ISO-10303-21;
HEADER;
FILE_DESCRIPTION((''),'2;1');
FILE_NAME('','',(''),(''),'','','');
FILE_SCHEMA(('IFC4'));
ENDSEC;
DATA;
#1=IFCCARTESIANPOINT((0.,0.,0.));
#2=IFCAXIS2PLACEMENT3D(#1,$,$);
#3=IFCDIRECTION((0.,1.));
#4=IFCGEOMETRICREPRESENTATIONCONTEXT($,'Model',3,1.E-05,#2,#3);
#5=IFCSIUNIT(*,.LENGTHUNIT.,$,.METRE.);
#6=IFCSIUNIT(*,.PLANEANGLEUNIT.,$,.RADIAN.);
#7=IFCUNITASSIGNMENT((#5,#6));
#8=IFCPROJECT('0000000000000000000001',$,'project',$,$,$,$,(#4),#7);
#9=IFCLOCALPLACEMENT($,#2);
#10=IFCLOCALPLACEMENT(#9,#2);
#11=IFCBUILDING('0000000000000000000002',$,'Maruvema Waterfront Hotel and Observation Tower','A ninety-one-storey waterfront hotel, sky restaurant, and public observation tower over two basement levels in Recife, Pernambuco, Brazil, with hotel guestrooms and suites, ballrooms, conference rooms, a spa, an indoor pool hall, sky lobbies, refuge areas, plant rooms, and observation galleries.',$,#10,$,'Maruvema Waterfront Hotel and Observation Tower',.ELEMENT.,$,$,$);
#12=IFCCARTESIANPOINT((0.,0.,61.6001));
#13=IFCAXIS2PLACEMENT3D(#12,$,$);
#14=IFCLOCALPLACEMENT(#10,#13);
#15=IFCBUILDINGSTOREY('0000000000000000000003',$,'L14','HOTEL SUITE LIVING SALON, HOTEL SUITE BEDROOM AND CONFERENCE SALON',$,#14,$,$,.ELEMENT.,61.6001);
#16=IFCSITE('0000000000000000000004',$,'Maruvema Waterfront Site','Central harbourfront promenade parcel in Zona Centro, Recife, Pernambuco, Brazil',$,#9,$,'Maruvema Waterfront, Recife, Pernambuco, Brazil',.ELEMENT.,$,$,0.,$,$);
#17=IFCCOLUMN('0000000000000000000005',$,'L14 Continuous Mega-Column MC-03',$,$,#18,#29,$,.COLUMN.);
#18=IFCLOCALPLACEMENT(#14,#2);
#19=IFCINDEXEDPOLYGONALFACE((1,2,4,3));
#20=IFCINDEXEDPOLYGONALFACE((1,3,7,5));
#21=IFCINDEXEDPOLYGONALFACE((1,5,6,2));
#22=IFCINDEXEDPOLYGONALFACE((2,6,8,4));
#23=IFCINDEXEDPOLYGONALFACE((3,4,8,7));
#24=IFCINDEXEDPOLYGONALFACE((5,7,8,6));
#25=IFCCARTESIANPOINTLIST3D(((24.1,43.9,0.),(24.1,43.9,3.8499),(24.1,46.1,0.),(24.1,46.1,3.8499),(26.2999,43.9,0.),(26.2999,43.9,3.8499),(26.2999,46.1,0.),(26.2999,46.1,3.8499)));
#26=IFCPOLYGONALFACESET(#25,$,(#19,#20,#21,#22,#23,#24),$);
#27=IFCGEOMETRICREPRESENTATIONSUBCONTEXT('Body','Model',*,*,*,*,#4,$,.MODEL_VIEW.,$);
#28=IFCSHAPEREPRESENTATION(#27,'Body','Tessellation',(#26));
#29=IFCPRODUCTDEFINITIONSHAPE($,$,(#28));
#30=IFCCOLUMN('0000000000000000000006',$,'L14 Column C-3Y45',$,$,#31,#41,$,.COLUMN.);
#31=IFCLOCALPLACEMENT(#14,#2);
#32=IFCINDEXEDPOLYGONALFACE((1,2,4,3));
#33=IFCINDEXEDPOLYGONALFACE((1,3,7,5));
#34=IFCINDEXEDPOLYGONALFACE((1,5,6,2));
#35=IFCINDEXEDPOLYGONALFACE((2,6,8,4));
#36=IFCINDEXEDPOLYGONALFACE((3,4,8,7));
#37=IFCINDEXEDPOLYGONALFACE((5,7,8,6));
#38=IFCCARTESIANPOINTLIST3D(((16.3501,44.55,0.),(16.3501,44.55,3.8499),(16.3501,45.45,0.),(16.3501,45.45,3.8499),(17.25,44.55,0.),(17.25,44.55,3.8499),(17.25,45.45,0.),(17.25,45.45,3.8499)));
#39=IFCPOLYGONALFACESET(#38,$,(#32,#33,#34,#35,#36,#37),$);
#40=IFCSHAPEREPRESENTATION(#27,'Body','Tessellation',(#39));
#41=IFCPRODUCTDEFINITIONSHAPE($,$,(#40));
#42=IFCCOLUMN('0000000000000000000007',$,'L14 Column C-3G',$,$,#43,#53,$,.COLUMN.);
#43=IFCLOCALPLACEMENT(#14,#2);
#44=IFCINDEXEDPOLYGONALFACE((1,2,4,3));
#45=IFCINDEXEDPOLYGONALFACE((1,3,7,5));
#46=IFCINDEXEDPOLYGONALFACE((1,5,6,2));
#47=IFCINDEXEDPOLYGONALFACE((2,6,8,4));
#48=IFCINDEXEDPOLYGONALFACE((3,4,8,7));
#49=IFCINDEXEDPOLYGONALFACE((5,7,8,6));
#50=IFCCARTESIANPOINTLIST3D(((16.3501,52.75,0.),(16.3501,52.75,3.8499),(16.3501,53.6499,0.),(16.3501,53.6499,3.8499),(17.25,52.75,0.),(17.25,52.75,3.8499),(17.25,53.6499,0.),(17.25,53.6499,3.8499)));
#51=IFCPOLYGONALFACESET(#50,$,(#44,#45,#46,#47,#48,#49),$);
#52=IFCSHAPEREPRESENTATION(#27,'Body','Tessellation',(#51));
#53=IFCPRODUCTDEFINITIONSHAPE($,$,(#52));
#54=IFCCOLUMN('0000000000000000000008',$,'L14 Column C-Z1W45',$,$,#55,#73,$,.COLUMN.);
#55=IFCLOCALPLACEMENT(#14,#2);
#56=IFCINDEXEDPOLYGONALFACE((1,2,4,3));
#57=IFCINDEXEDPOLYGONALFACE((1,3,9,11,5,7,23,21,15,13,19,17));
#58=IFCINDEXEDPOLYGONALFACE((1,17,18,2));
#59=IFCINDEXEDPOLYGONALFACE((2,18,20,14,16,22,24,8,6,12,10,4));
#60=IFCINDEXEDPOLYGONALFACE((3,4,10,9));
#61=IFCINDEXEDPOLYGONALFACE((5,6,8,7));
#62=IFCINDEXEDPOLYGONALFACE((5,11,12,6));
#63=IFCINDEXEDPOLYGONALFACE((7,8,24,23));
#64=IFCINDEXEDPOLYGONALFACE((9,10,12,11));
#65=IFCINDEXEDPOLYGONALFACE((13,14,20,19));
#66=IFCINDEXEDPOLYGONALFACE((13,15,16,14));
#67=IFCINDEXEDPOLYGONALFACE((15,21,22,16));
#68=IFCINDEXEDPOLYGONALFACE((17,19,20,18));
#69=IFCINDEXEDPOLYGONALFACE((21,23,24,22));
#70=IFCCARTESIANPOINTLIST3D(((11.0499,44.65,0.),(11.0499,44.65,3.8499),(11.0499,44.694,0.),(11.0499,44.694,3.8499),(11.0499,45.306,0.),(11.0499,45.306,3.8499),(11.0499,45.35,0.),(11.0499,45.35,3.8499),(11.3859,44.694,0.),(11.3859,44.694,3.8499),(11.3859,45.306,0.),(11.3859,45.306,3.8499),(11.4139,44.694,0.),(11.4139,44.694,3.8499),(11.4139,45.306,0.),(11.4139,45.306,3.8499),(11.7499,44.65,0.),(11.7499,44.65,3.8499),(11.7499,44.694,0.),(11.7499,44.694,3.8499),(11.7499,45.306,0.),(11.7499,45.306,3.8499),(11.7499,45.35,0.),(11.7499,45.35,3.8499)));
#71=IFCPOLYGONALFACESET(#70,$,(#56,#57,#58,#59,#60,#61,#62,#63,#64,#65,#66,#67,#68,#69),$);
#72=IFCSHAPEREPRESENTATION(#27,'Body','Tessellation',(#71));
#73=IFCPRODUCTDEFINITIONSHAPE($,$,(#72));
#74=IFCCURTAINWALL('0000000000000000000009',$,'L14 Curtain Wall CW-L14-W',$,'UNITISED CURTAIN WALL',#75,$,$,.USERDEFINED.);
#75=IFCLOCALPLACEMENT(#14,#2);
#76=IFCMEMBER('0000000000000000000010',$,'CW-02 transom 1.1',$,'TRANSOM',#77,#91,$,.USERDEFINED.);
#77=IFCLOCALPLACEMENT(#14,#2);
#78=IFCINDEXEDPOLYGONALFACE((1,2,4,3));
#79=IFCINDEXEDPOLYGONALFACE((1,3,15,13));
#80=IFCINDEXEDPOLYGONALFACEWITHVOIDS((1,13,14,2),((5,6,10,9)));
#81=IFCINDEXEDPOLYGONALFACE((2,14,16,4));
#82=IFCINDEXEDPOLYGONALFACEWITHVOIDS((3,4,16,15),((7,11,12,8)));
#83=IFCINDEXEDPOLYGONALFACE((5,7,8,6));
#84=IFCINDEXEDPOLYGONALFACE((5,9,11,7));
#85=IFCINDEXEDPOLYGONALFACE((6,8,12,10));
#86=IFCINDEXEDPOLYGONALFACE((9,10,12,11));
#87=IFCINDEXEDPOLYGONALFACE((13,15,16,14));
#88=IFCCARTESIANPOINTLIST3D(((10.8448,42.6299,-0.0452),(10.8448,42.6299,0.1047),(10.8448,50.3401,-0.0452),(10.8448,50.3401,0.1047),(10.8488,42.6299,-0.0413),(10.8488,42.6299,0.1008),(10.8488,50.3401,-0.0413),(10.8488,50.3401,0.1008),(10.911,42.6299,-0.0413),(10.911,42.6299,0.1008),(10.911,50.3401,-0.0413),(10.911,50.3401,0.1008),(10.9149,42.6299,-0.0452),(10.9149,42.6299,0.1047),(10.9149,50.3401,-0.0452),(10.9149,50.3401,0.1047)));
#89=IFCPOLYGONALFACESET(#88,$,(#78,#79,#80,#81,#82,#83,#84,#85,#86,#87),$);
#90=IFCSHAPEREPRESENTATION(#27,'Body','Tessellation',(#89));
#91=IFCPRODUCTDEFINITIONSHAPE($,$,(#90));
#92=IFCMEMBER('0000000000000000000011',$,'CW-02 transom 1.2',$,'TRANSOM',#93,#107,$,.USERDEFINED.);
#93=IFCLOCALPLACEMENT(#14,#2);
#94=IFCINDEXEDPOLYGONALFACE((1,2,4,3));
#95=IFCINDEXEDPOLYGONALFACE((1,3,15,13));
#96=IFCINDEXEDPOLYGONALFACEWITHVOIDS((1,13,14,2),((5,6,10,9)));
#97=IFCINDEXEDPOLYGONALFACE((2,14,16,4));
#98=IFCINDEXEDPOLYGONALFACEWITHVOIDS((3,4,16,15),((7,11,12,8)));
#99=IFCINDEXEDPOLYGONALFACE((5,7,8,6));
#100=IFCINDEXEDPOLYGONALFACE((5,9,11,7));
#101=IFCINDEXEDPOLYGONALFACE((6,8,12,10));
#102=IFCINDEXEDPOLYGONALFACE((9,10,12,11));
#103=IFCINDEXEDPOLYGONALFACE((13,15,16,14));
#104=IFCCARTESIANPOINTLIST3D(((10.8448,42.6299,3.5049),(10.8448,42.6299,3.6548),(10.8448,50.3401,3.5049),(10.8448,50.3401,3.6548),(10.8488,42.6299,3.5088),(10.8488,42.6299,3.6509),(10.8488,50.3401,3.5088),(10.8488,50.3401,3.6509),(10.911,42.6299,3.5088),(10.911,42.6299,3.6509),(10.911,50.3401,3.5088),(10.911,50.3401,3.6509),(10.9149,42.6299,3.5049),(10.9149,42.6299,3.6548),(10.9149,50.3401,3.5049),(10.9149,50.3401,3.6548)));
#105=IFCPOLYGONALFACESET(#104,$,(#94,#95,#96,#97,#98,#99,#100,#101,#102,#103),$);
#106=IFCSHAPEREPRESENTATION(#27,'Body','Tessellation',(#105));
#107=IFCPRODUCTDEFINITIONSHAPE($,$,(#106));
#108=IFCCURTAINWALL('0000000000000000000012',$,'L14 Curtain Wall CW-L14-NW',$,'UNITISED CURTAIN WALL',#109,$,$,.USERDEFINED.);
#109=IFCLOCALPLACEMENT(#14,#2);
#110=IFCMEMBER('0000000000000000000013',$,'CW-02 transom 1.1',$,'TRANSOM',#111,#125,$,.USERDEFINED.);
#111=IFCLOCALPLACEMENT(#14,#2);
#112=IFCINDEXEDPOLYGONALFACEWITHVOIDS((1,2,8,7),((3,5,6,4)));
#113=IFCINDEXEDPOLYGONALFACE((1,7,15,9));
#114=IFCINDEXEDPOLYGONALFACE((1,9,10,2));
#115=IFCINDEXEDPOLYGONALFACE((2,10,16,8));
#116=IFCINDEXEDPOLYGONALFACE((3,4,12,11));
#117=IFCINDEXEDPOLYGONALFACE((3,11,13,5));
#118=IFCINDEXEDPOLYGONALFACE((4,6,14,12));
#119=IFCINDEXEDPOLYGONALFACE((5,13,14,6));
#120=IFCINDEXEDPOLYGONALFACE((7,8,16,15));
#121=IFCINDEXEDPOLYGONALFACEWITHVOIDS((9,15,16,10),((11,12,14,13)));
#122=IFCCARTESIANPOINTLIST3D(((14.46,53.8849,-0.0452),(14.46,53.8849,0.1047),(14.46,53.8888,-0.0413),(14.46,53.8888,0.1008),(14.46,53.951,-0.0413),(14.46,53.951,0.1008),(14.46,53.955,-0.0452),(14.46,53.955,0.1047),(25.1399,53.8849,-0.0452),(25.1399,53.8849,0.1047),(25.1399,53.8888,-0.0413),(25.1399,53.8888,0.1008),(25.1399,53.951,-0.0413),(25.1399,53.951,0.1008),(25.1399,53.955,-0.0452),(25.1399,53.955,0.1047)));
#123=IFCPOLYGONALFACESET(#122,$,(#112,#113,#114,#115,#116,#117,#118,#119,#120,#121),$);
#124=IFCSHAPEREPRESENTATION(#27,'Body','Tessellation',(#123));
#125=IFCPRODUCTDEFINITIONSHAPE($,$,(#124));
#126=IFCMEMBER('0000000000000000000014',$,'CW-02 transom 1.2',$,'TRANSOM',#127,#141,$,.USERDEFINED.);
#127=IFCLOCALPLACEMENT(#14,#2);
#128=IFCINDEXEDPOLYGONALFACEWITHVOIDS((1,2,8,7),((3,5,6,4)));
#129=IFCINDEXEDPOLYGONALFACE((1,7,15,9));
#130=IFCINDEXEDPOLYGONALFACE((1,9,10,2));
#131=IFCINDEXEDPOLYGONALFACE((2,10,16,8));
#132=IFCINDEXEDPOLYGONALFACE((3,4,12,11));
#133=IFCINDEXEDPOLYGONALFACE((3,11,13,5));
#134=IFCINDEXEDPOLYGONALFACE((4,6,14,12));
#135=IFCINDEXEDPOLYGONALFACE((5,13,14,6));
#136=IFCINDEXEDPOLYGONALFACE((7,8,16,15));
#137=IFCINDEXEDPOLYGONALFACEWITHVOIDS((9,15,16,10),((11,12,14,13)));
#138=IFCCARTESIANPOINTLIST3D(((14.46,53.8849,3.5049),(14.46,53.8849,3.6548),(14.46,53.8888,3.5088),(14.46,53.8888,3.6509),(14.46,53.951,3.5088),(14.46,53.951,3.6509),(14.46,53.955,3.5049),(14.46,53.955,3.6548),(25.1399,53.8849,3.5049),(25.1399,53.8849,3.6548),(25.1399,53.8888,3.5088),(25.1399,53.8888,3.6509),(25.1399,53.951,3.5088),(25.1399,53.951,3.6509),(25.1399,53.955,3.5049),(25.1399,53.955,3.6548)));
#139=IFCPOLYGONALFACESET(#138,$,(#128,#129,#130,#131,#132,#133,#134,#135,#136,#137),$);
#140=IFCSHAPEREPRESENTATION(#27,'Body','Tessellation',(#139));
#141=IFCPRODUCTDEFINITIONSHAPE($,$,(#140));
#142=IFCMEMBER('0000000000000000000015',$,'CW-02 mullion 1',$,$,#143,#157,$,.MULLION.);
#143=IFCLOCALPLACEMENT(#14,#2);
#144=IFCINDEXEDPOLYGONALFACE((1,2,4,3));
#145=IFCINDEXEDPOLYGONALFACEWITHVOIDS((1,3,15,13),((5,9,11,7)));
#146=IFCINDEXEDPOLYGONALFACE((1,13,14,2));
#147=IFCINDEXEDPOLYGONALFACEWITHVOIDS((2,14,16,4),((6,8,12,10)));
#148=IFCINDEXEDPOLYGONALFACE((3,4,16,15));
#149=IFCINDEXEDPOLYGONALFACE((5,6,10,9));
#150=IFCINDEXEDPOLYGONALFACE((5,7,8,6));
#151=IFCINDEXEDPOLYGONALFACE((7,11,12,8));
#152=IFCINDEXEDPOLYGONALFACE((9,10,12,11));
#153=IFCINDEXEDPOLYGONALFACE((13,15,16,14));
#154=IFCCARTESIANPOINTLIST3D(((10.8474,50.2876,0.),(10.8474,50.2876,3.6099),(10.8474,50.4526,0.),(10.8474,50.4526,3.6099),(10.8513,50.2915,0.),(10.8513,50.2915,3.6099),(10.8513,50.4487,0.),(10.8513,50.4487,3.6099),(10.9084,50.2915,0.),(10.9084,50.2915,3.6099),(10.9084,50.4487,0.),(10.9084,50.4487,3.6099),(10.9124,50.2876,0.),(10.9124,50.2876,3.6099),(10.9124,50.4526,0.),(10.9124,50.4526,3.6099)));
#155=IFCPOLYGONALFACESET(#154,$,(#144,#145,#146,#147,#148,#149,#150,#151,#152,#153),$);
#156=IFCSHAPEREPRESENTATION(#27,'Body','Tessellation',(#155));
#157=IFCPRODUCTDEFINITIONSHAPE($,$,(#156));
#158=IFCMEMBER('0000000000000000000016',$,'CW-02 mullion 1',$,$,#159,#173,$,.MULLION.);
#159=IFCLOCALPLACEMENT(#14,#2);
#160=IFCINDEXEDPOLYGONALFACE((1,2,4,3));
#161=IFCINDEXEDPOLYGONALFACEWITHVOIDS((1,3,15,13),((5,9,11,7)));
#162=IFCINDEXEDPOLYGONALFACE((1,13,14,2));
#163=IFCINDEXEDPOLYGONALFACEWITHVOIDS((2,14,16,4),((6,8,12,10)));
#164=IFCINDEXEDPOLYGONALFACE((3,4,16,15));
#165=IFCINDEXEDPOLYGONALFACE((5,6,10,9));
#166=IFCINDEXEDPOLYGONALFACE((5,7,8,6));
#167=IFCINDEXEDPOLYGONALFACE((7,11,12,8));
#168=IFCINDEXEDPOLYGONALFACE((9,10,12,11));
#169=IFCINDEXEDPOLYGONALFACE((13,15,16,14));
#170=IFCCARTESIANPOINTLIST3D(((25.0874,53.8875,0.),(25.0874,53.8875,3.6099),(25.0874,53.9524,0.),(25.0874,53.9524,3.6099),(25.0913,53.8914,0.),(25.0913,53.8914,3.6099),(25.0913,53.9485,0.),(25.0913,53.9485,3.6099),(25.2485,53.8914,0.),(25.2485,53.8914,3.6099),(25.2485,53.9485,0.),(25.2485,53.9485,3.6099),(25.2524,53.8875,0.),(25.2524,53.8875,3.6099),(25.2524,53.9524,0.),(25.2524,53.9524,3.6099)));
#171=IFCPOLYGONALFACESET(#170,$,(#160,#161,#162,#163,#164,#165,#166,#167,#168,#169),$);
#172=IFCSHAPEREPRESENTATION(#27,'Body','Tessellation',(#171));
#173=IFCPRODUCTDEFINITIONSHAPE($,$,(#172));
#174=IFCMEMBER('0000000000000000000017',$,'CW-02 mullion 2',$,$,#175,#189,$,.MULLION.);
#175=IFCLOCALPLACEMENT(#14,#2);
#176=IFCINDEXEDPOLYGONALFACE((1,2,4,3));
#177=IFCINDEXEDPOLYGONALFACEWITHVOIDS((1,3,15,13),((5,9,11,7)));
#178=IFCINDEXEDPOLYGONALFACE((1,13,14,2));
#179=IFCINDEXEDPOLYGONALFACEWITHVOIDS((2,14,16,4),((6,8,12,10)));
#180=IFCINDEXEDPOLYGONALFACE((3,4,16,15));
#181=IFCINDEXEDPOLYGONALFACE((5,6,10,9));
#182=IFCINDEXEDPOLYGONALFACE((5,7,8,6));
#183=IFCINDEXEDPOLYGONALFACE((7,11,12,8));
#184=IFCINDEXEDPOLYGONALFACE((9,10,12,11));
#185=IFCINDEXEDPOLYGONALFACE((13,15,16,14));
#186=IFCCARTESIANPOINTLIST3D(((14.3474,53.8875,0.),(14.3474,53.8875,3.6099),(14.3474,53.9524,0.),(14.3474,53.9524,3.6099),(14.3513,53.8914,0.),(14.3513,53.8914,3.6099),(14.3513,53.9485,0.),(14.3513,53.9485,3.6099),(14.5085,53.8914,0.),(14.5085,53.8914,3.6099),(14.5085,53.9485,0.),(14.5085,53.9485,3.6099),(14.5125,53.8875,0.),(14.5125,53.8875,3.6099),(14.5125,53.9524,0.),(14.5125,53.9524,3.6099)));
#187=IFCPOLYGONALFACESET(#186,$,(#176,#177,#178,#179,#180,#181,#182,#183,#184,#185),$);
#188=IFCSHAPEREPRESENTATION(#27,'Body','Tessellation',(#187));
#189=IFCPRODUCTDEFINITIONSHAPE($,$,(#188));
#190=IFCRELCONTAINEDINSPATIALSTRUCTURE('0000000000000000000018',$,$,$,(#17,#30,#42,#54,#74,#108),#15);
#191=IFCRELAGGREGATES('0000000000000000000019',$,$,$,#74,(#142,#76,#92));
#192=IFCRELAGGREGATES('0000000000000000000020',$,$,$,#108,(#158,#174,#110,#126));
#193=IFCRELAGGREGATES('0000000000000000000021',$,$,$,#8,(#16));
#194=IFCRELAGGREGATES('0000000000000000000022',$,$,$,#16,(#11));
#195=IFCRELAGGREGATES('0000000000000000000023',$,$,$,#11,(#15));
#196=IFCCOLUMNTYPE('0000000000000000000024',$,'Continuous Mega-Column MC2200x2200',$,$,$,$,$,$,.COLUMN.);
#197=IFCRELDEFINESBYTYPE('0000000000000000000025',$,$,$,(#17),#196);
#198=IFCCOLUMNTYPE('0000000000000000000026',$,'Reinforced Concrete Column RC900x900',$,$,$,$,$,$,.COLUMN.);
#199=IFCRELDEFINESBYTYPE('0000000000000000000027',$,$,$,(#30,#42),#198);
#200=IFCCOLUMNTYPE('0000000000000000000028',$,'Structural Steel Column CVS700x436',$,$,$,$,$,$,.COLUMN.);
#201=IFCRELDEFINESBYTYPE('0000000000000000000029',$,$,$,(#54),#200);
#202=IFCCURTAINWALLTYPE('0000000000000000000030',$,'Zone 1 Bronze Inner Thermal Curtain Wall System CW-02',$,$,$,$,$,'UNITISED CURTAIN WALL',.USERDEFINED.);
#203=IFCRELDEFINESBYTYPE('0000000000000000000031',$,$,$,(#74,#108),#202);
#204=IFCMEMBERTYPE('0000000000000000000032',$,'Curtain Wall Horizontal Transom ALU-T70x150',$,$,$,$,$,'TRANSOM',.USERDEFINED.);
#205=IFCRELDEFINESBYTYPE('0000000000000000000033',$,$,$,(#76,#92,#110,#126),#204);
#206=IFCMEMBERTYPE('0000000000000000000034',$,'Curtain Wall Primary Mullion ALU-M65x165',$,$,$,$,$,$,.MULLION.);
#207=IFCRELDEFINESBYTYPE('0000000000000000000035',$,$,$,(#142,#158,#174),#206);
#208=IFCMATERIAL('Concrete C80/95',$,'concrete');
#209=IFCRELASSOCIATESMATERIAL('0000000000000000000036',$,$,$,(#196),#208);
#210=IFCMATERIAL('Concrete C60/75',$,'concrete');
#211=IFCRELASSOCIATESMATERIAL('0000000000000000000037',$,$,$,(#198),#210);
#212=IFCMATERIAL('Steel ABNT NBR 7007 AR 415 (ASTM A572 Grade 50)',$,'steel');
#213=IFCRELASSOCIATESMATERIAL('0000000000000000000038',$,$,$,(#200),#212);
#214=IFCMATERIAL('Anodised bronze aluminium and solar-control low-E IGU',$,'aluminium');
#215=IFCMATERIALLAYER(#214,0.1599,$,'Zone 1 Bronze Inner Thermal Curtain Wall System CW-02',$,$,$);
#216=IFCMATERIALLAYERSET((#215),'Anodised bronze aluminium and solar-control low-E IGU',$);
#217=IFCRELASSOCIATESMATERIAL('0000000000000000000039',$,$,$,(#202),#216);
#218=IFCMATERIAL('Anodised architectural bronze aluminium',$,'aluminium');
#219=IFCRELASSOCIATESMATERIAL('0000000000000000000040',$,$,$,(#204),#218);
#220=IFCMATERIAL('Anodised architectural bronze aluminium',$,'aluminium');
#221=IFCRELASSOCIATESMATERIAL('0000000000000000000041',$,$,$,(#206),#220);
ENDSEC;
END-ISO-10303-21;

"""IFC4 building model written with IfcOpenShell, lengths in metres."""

from ifc_helpers import new_model, si_unit, direction, frame, origin, origin_2d, place, context, subcontext, project, spatial, rectangle, hollow_rectangle, i_section, extrude, material, layer, layer_set, material_profile, profile_set, type_object, element, aggregate, save


model = new_model("IFC4")

# Units and contexts
model_context = context("Model", 3, precision=1e-05, world=origin(), true_north=direction((0.0, 1.0)))
body_context = subcontext(model_context, "Body", "Model", "MODEL_VIEW")
ifc_project = project(units=[si_unit("LENGTHUNIT", "METRE"), si_unit("PLANEANGLEUNIT", "RADIAN")], contexts=[model_context])

# Site, building, storey
site_placement = place(None, origin())
site = spatial("IfcSite", under=ifc_project, at=site_placement, Name="Maruvema Waterfront Site", Description="Central harbourfront promenade parcel in Zona Centro, Recife, Pernambuco, Brazil", LongName="Maruvema Waterfront, Recife, Pernambuco, Brazil", CompositionType="ELEMENT", RefElevation=0.0)
building_placement = place(site_placement, origin())
building = spatial("IfcBuilding", under=site, at=building_placement, Name="Maruvema Waterfront Hotel and Observation Tower", Description="A ninety-one-storey waterfront hotel, sky restaurant, and public observation tower over two basement levels in Recife, Pernambuco, Brazil, with hotel guestrooms and suites, ballrooms, conference rooms, a spa, an indoor pool hall, sky lobbies, refuge areas, plant rooms, and observation galleries.", LongName="Maruvema Waterfront Hotel and Observation Tower", CompositionType="ELEMENT")
storey_placement = place(building_placement, frame((0.0, 0.0, 61.6001)))
storey = spatial("IfcBuildingStorey", under=building, at=storey_placement, Name="L14", Description="HOTEL SUITE LIVING SALON, HOTEL SUITE BEDROOM AND CONFERENCE SALON", CompositionType="ELEMENT", Elevation=61.6001)

# Columns
ifc_material_1 = material(Name="Concrete C80/95", Category="concrete")
ifc_material_profile_1 = material_profile(ifc_material_1, rectangle(XDim=2.2, YDim=2.2, at=origin_2d()), Name="MC2200x2200")
ifc_profile_set_1 = profile_set([ifc_material_profile_1], Name="Concrete C80/95")
column_type_1 = type_object("IfcColumnType", Name="Continuous Mega-Column MC2200x2200", PredefinedType="COLUMN", material=ifc_profile_set_1)
column_1_placement = place(storey_placement, frame((25.2, 45.0, 0.0), z_axis=(0.0, 0.0, 1.0), x_axis=(1.0, 0.0, 0.0)))
element("IfcColumn", 1, at=column_1_placement, inside=storey, type_object=column_type_1, Name="L14 Continuous Mega-Column MC-03", PredefinedType="COLUMN", context=body_context, shape_type="SweptSolid", body=[
    extrude(rectangle(XDim=2.2, YDim=2.2, at=origin_2d()), origin(), (0.0, 0.0, 1.0), 3.8499),
])
ifc_material_2 = material(Name="Concrete C60/75", Category="concrete")
ifc_material_profile_2 = material_profile(ifc_material_2, rectangle(XDim=0.8999, YDim=0.8999, at=origin_2d()), Name="RC900x900")
ifc_profile_set_2 = profile_set([ifc_material_profile_2], Name="Concrete C60/75")
column_type_2 = type_object("IfcColumnType", Name="Reinforced Concrete Column RC900x900", PredefinedType="COLUMN", material=ifc_profile_set_2)
for number, where, z_axis, x_axis, name in (
    (2, (16.8, 45.0, 0.0), (0.0, 0.0, 1.0), (1.0, 0.0, 0.0), "L14 Column C-3Y45"),
    (3, (16.8, 53.2, 0.0), (0.0, 0.0, 1.0), (1.0, 0.0, 0.0), "L14 Column C-3G"),
):
    element("IfcColumn", number, at=place(storey_placement, frame(where, z_axis=z_axis, x_axis=x_axis)), inside=storey, type_object=column_type_2, Name=name, PredefinedType="COLUMN", context=body_context, shape_type="SweptSolid", body=[
        extrude(rectangle(XDim=0.8999, YDim=0.8999, at=origin_2d()), origin(), (0.0, 0.0, 1.0), 3.8499),
    ])
ifc_material_3 = material(Name="Steel ABNT NBR 7007 AR 415 (ASTM A572 Grade 50)", Category="steel")
ifc_material_profile_3 = material_profile(ifc_material_3, i_section(OverallWidth=0.7, OverallDepth=0.7, WebThickness=0.0281, FlangeThickness=0.0439, at=origin_2d()), Name="CVS700x436")
ifc_profile_set_3 = profile_set([ifc_material_profile_3], Name="Steel ABNT NBR 7007 AR 415 (ASTM A572 Grade 50)")
column_type_3 = type_object("IfcColumnType", Name="Structural Steel Column CVS700x436", PredefinedType="COLUMN", material=ifc_profile_set_3)
column_2_placement = place(storey_placement, frame((11.3999, 45.0, 0.0), z_axis=(0.0, 0.0, 1.0), x_axis=(1.0, 0.0, 0.0)))
element("IfcColumn", 4, at=column_2_placement, inside=storey, type_object=column_type_3, Name="L14 Column C-Z1W45", PredefinedType="COLUMN", context=body_context, shape_type="SweptSolid", body=[
    extrude(i_section(OverallWidth=0.7, OverallDepth=0.7, WebThickness=0.0281, FlangeThickness=0.0439, at=origin_2d()), origin(), (0.0, 0.0, 1.0), 3.8499),
])

# Curtain walls, members
ifc_material_4 = material(Name="Anodised bronze aluminium and solar-control low-E IGU", Category="aluminium")
ifc_layer_1 = layer(ifc_material_4, 0.1599, Name="Zone 1 Bronze Inner Thermal Curtain Wall System CW-02")
ifc_layer_set_1 = layer_set([ifc_layer_1], Name="Anodised bronze aluminium and solar-control low-E IGU")
curtain_wall_type = type_object("IfcCurtainWallType", Name="Zone 1 Bronze Inner Thermal Curtain Wall System CW-02", ElementType="UNITISED CURTAIN WALL", PredefinedType="USERDEFINED", material=ifc_layer_set_1)
curtain_wall_1_placement = place(storey_placement, origin())
curtain_wall_1 = element("IfcCurtainWall", 5, at=curtain_wall_1_placement, inside=storey, type_object=curtain_wall_type, Name="L14 Curtain Wall CW-L14-W", ObjectType="UNITISED CURTAIN WALL", PredefinedType="USERDEFINED")
ifc_material_5 = material(Name="Anodised architectural bronze aluminium", Category="aluminium")
ifc_material_profile_4 = material_profile(ifc_material_5, hollow_rectangle(XDim=0.0701, YDim=0.1499, WallThickness=0.0039, at=origin_2d()), Name="ALU-T70x150")
ifc_profile_set_4 = profile_set([ifc_material_profile_4], Name="Anodised architectural bronze aluminium")
member_type_1 = type_object("IfcMemberType", Name="Curtain Wall Horizontal Transom ALU-T70x150", ElementType="TRANSOM", PredefinedType="USERDEFINED", material=ifc_profile_set_4)
member_1_placement = place(storey_placement, frame((10.8799, 50.3401, 0.0298), z_axis=(0.0, -1.0, 0.0), x_axis=(1.0, 0.0, 0.0)))
member_1 = element("IfcMember", 6, at=member_1_placement, type_object=member_type_1, Name="CW-02 transom 1.1", ObjectType="TRANSOM", PredefinedType="USERDEFINED", context=body_context, shape_type="SweptSolid", body=[
    extrude(hollow_rectangle(XDim=0.0701, YDim=0.1499, WallThickness=0.0039, at=origin_2d()), origin(), (0.0, 0.0, 1.0), 7.7102),
])
member_2_placement = place(storey_placement, frame((10.8799, 50.3401, 3.5798), z_axis=(0.0, -1.0, 0.0), x_axis=(1.0, 0.0, 0.0)))
member_2 = element("IfcMember", 7, at=member_2_placement, type_object=member_type_1, Name="CW-02 transom 1.2", ObjectType="TRANSOM", PredefinedType="USERDEFINED", context=body_context, shape_type="SweptSolid", body=[
    extrude(hollow_rectangle(XDim=0.0701, YDim=0.1499, WallThickness=0.0039, at=origin_2d()), origin(), (0.0, 0.0, 1.0), 7.7102),
])
curtain_wall_2_placement = place(storey_placement, origin())
curtain_wall_2 = element("IfcCurtainWall", 8, at=curtain_wall_2_placement, inside=storey, type_object=curtain_wall_type, Name="L14 Curtain Wall CW-L14-NW", ObjectType="UNITISED CURTAIN WALL", PredefinedType="USERDEFINED")
member_3_placement = place(storey_placement, frame((25.1399, 53.9199, 0.0298), z_axis=(-1.0, 0.0, 0.0), x_axis=(0.0, -1.0, 0.0)))
member_3 = element("IfcMember", 9, at=member_3_placement, type_object=member_type_1, Name="CW-02 transom 1.1", ObjectType="TRANSOM", PredefinedType="USERDEFINED", context=body_context, shape_type="SweptSolid", body=[
    extrude(hollow_rectangle(XDim=0.0701, YDim=0.1499, WallThickness=0.0039, at=origin_2d()), origin(), (0.0, 0.0, 1.0), 10.6799),
])
member_4_placement = place(storey_placement, frame((25.1399, 53.9199, 3.5798), z_axis=(-1.0, 0.0, 0.0), x_axis=(0.0, -1.0, 0.0)))
member_4 = element("IfcMember", 10, at=member_4_placement, type_object=member_type_1, Name="CW-02 transom 1.2", ObjectType="TRANSOM", PredefinedType="USERDEFINED", context=body_context, shape_type="SweptSolid", body=[
    extrude(hollow_rectangle(XDim=0.0701, YDim=0.1499, WallThickness=0.0039, at=origin_2d()), origin(), (0.0, 0.0, 1.0), 10.6799),
])

# Members
ifc_material_6 = material(Name="Anodised architectural bronze aluminium", Category="aluminium")
ifc_material_profile_5 = material_profile(ifc_material_6, hollow_rectangle(XDim=0.0649, YDim=0.165, WallThickness=0.0039, at=origin_2d()), Name="ALU-M65x165")
ifc_profile_set_5 = profile_set([ifc_material_profile_5], Name="Anodised architectural bronze aluminium")
member_type_2 = type_object("IfcMemberType", Name="Curtain Wall Primary Mullion ALU-M65x165", PredefinedType="MULLION", material=ifc_profile_set_5)
member_5_placement = place(storey_placement, frame((10.8799, 50.3701, 0.0), z_axis=(0.0, 0.0, 1.0), x_axis=(1.0, 0.0, 0.0)))
member_5 = element("IfcMember", 11, at=member_5_placement, type_object=member_type_2, Name="CW-02 mullion 1", PredefinedType="MULLION", context=body_context, shape_type="SweptSolid", body=[
    extrude(hollow_rectangle(XDim=0.0649, YDim=0.165, WallThickness=0.0039, at=origin_2d()), origin(), (0.0, 0.0, 1.0), 3.6099),
])
member_6_placement = place(storey_placement, frame((25.1699, 53.9199, 0.0), z_axis=(0.0, 0.0, 1.0), x_axis=(0.0, -1.0, 0.0)))
member_6 = element("IfcMember", 12, at=member_6_placement, type_object=member_type_2, Name="CW-02 mullion 1", PredefinedType="MULLION", context=body_context, shape_type="SweptSolid", body=[
    extrude(hollow_rectangle(XDim=0.0649, YDim=0.165, WallThickness=0.0039, at=origin_2d()), origin(), (0.0, 0.0, 1.0), 3.6099),
])
member_7_placement = place(storey_placement, frame((14.4299, 53.9199, 0.0), z_axis=(0.0, 0.0, 1.0), x_axis=(0.0, -1.0, 0.0)))
member_7 = element("IfcMember", 13, at=member_7_placement, type_object=member_type_2, Name="CW-02 mullion 2", PredefinedType="MULLION", context=body_context, shape_type="SweptSolid", body=[
    extrude(hollow_rectangle(XDim=0.0649, YDim=0.165, WallThickness=0.0039, at=origin_2d()), origin(), (0.0, 0.0, 1.0), 3.6099),
])

aggregate(curtain_wall_1, [member_5, member_1, member_2])
aggregate(curtain_wall_2, [member_6, member_7, member_3, member_4])

save(model, "model.ifc")
